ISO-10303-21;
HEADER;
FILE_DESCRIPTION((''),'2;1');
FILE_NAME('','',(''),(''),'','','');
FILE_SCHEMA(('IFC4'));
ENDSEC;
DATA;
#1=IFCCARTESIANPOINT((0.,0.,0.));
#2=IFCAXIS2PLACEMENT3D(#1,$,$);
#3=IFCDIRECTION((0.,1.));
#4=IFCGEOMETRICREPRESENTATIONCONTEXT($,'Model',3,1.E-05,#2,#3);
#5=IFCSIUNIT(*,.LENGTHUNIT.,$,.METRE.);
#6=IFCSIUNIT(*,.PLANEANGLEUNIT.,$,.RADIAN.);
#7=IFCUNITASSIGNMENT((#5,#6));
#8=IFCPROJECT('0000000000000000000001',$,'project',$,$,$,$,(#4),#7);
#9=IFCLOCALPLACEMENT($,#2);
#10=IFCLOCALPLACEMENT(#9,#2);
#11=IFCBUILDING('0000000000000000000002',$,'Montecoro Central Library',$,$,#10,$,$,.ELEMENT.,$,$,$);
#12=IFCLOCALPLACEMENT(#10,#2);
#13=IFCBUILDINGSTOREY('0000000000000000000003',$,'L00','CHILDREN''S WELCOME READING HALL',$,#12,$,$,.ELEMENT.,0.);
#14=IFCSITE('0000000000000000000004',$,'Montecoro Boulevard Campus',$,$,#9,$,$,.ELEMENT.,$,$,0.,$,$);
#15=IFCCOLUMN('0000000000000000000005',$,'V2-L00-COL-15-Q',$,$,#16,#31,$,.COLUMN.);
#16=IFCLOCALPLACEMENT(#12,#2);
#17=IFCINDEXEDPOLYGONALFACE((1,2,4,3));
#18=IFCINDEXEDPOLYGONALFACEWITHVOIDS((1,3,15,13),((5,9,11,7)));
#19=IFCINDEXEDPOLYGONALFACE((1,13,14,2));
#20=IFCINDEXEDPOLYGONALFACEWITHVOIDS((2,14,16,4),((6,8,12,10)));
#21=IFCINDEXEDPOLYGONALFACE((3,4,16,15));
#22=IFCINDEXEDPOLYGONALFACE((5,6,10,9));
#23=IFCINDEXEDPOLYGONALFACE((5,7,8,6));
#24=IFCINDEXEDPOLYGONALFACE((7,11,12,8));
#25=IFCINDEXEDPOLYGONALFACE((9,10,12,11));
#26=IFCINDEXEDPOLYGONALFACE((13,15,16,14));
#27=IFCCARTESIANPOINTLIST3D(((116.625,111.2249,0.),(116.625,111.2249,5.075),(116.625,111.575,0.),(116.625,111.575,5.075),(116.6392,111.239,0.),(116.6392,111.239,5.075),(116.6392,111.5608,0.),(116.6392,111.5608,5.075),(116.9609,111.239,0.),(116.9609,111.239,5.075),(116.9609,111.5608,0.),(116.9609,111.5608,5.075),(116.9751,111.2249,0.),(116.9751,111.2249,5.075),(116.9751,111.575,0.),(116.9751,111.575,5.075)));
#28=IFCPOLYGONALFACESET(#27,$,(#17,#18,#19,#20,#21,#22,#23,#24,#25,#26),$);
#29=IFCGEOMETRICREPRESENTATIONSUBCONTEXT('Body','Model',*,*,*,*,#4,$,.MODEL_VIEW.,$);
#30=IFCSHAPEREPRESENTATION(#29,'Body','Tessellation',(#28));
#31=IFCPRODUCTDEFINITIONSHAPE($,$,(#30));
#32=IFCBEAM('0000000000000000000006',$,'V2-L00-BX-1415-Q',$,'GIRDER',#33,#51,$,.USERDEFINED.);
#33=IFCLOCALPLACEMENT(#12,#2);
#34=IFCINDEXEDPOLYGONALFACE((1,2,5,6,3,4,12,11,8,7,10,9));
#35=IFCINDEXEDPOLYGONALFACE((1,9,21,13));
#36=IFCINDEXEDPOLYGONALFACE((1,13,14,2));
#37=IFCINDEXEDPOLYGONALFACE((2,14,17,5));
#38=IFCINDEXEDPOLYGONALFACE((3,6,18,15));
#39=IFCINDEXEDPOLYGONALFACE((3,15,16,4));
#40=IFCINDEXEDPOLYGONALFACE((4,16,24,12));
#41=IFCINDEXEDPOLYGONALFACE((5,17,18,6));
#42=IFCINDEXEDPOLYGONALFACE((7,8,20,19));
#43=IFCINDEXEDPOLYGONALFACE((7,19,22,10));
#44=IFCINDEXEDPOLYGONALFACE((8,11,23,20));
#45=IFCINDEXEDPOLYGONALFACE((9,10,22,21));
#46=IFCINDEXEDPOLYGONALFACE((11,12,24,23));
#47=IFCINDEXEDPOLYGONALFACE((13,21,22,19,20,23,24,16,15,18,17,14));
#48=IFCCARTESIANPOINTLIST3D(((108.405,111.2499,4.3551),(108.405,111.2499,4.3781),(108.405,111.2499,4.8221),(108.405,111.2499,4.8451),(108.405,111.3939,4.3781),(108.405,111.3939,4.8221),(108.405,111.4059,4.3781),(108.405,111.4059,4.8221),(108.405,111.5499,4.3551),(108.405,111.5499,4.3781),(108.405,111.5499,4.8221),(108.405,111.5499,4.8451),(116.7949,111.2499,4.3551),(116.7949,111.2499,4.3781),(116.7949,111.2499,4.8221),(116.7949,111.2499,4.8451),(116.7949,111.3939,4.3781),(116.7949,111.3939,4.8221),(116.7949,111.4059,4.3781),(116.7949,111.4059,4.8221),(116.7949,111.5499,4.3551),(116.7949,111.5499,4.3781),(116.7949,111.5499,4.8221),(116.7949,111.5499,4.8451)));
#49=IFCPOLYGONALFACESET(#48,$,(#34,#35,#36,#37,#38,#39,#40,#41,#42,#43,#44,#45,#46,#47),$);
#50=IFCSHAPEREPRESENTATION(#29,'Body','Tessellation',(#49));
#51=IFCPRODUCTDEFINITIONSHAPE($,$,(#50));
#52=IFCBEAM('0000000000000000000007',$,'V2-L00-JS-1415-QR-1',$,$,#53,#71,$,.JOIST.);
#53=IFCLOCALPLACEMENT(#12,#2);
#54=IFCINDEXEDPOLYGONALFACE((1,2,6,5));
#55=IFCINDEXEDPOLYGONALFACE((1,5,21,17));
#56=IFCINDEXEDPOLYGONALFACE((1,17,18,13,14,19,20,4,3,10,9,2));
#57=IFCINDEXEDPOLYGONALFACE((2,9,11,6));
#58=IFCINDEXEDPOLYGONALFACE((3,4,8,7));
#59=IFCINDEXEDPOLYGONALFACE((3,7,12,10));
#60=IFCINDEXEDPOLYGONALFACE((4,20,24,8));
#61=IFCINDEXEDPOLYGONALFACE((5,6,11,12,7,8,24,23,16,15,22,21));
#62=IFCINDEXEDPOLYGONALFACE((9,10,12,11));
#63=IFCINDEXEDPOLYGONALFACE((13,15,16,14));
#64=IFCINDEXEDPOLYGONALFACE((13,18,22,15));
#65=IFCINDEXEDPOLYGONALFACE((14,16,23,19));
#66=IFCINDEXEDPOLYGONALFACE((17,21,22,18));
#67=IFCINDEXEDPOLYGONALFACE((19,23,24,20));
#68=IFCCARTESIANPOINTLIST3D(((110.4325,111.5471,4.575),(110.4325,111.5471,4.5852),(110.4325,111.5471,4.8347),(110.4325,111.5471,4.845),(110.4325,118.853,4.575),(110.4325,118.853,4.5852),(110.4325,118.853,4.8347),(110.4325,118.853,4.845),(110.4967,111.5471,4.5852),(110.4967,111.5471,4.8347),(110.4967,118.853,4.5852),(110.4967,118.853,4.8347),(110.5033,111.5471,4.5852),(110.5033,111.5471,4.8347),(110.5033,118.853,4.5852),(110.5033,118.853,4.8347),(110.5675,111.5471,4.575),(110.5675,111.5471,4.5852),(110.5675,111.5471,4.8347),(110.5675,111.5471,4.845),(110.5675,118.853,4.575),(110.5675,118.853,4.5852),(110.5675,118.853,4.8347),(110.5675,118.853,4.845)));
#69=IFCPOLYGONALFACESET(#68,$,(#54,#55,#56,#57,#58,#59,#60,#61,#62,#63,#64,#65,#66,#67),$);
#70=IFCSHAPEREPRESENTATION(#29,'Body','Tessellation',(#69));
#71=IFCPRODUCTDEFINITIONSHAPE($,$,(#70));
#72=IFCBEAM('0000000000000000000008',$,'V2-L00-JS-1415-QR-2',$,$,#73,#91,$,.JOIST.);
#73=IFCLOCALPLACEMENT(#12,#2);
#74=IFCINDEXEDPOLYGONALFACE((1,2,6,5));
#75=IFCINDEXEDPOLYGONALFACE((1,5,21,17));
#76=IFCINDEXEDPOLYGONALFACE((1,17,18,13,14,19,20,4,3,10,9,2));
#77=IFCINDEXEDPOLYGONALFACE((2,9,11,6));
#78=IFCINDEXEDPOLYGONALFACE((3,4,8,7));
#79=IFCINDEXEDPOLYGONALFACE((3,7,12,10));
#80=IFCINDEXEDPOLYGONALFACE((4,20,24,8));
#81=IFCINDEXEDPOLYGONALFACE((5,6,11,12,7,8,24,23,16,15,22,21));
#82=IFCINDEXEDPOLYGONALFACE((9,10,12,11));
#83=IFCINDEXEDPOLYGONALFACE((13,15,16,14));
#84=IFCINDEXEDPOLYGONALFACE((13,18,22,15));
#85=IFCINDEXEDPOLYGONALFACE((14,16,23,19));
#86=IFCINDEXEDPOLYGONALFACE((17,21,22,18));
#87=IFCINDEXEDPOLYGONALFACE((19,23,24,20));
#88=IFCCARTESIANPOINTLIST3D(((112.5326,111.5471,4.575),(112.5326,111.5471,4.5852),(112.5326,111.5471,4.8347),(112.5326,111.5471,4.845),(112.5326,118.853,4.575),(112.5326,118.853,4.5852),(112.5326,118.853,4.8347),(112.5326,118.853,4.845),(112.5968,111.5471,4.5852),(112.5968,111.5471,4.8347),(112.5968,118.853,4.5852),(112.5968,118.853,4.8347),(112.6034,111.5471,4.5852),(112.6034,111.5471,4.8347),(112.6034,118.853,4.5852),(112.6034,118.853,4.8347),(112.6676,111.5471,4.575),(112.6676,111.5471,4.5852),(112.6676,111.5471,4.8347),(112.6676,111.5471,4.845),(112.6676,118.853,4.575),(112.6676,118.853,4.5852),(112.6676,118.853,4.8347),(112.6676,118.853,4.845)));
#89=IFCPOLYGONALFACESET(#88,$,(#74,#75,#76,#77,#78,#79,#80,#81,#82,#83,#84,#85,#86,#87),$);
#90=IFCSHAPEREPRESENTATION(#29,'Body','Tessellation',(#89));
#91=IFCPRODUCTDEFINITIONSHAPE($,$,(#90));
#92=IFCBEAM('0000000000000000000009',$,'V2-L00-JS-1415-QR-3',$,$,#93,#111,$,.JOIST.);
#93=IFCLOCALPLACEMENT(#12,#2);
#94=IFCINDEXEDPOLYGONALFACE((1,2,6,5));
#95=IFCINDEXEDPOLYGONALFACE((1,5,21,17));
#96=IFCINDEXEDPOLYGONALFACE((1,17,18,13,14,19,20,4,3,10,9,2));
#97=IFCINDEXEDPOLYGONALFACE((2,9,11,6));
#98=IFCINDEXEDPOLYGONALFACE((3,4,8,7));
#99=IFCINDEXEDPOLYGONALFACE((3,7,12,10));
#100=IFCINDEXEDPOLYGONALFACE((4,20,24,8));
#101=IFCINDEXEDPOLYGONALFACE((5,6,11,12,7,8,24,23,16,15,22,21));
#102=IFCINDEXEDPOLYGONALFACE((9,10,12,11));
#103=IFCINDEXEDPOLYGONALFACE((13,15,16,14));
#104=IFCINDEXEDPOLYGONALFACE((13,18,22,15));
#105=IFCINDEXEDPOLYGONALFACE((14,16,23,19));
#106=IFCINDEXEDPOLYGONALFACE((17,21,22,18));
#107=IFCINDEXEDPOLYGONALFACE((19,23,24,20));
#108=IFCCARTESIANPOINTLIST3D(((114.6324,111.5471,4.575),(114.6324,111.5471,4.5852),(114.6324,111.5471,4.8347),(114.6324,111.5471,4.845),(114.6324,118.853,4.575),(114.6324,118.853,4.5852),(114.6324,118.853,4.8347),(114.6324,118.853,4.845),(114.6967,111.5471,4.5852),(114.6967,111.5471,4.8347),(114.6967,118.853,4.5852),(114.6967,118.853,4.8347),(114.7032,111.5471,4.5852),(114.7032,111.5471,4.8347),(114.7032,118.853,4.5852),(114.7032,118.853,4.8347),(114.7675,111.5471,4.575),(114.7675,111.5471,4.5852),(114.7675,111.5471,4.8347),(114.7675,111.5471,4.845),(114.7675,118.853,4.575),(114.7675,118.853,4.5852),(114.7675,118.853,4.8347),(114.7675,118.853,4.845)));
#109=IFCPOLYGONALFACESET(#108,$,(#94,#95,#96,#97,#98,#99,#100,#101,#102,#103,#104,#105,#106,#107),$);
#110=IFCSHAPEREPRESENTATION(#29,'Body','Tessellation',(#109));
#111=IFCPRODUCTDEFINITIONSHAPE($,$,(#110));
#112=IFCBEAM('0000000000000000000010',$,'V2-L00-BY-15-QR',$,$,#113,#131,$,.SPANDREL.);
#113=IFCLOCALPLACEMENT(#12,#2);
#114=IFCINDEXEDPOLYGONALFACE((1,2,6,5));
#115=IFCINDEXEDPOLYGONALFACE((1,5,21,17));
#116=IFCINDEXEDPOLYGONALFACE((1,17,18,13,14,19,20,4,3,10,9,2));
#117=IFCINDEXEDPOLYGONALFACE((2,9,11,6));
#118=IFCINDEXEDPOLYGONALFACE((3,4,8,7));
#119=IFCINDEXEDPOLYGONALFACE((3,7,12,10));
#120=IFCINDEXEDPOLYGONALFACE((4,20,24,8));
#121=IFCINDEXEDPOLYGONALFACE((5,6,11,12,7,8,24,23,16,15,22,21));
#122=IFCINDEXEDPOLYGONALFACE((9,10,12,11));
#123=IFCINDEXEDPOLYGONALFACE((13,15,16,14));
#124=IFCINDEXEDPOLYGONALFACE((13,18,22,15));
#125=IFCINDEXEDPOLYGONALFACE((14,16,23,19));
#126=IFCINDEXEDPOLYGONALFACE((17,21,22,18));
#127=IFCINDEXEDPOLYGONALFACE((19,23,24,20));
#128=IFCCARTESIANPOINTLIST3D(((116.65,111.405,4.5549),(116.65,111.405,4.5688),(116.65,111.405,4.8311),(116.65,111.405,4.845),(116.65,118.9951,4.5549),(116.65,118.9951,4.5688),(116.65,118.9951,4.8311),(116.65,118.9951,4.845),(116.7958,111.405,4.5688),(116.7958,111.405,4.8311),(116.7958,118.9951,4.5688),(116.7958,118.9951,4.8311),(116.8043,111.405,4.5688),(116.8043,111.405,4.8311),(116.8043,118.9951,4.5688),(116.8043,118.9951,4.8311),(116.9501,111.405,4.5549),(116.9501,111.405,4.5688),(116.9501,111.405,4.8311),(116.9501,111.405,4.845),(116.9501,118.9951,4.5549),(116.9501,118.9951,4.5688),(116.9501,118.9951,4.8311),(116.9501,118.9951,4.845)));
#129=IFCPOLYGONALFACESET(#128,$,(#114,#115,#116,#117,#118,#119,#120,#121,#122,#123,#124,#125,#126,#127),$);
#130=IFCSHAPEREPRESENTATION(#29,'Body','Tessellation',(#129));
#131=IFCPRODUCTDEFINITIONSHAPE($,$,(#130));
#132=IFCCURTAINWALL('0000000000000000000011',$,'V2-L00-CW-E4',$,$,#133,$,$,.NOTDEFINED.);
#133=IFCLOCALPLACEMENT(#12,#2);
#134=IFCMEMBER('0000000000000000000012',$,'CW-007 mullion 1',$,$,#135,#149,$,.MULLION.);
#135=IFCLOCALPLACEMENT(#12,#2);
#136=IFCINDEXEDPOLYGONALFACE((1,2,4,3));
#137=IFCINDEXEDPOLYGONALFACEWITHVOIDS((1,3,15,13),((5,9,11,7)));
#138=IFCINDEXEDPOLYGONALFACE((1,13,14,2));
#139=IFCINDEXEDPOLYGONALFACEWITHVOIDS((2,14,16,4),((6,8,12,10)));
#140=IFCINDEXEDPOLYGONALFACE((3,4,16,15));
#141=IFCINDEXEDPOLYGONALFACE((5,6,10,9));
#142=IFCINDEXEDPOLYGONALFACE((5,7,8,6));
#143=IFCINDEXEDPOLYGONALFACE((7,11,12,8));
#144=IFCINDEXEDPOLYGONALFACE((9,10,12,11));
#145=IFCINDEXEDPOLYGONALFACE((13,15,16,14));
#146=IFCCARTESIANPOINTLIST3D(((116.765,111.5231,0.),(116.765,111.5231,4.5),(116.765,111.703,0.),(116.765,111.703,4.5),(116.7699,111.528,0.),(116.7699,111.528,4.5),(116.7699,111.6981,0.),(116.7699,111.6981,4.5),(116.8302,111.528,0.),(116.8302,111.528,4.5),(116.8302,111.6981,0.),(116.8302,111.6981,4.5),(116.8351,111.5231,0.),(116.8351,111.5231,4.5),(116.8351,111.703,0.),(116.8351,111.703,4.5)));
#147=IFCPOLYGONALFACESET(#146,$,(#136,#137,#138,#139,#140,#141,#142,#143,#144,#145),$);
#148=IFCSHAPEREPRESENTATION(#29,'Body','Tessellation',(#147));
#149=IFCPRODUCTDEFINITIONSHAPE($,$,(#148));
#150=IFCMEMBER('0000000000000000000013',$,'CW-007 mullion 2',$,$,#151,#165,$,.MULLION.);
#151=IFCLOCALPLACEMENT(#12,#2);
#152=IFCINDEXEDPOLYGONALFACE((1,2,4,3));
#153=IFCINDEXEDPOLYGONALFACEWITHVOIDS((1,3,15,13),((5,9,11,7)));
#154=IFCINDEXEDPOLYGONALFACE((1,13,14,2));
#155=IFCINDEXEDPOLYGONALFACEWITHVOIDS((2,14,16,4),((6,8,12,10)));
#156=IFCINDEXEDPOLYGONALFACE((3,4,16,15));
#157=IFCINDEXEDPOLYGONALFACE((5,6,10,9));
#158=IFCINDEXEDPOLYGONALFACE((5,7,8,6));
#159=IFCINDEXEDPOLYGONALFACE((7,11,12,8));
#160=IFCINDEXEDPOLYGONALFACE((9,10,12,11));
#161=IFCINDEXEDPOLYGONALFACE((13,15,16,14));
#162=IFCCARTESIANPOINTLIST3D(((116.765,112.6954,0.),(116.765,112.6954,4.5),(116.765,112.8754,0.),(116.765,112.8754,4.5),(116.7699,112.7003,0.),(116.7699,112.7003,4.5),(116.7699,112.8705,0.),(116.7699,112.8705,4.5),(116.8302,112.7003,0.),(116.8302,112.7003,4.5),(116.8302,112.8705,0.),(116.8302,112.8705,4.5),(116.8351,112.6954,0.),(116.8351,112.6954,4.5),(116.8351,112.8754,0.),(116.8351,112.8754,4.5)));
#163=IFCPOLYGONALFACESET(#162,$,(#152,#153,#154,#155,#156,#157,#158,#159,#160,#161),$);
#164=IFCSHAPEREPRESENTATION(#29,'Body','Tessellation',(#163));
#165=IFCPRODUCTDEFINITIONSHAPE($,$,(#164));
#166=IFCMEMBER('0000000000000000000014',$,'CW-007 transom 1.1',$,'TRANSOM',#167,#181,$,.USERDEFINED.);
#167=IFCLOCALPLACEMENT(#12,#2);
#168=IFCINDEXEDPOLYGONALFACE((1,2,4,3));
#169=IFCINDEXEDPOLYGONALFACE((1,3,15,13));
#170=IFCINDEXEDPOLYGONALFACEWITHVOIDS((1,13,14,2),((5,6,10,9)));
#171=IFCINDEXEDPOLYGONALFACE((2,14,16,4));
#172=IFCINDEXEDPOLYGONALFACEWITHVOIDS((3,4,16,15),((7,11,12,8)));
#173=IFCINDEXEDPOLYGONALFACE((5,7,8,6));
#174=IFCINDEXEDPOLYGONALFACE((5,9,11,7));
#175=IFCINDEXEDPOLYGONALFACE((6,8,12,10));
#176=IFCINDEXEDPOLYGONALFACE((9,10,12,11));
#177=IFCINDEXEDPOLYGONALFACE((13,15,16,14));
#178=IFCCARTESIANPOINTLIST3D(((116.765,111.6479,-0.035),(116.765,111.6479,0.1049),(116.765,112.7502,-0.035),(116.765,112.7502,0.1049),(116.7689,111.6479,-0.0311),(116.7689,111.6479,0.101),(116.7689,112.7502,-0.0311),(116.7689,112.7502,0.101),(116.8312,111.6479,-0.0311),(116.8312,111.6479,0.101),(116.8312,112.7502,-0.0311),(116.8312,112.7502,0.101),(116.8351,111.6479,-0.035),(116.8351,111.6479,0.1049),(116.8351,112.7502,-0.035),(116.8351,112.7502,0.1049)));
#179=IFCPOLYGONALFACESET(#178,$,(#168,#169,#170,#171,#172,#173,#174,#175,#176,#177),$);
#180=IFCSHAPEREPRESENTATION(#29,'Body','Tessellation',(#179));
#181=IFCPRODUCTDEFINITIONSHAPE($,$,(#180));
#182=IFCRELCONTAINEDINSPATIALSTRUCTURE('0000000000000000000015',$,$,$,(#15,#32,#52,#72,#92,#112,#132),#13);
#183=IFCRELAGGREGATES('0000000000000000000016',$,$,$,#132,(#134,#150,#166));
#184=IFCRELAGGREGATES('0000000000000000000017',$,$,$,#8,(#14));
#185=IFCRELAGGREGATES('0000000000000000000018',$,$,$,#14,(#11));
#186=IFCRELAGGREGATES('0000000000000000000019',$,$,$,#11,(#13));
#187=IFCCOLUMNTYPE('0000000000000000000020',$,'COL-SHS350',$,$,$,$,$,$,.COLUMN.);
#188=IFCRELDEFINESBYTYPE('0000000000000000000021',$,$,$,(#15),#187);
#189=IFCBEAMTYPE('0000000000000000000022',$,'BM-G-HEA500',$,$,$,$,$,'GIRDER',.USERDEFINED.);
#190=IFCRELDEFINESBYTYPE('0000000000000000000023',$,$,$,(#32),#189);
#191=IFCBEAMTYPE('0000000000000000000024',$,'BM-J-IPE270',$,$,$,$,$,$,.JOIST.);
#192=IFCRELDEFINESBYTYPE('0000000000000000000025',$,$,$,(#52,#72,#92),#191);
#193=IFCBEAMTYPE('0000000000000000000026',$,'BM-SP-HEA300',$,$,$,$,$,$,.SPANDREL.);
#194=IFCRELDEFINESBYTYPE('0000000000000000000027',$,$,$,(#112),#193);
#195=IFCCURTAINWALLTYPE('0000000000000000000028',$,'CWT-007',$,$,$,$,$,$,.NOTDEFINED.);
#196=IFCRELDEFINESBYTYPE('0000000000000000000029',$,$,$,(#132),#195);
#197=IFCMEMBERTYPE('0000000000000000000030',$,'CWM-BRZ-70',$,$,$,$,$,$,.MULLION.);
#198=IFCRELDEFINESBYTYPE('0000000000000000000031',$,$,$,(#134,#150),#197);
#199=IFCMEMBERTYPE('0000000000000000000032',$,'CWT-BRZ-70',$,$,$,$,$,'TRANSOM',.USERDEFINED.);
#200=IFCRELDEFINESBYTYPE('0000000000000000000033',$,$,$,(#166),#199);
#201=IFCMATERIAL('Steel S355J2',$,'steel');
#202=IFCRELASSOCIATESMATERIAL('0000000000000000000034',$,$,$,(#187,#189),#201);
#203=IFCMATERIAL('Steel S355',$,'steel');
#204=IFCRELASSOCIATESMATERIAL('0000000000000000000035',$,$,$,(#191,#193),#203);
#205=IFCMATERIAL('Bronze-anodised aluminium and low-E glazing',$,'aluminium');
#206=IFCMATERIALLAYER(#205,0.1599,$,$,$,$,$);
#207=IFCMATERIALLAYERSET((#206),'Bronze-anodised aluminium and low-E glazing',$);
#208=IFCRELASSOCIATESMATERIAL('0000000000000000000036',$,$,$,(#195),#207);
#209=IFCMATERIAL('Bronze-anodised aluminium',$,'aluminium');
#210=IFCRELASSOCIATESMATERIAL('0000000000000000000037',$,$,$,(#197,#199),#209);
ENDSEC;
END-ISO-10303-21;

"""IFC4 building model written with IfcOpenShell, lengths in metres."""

from ifc_helpers import new_model, si_unit, direction, frame, origin, origin_2d, place, context, subcontext, project, spatial, hollow_rectangle, i_section, extrude, material, layer, layer_set, material_profile, profile_set, type_object, element, aggregate, save


model = new_model("IFC4")

# Units and contexts
model_context = context("Model", 3, precision=1e-05, world=origin(), true_north=direction((0.0, 1.0)))
body_context = subcontext(model_context, "Body", "Model", "MODEL_VIEW")
ifc_project = project(units=[si_unit("LENGTHUNIT", "METRE"), si_unit("PLANEANGLEUNIT", "RADIAN")], contexts=[model_context])

# Site, building, storey
site_placement = place(None, origin())
site = spatial("IfcSite", under=ifc_project, at=site_placement, Name="Montecoro Boulevard Campus", CompositionType="ELEMENT", RefElevation=0.0)
building_placement = place(site_placement, origin())
building = spatial("IfcBuilding", under=site, at=building_placement, Name="Montecoro Central Library", CompositionType="ELEMENT")
storey_placement = place(building_placement, origin())
storey = spatial("IfcBuildingStorey", under=building, at=storey_placement, Name="L00", Description="CHILDREN'S WELCOME READING HALL", CompositionType="ELEMENT", Elevation=0.0)

# Column
ifc_material_1 = material(Name="Steel S355J2", Category="steel")
ifc_material_profile_1 = material_profile(ifc_material_1, hollow_rectangle(XDim=0.3501, YDim=0.3501, WallThickness=0.0142, at=origin_2d()), Name="SHS 350x350x14.2")
ifc_profile_set_1 = profile_set([ifc_material_profile_1], Name="Steel S355J2")
column_type = type_object("IfcColumnType", Name="COL-SHS350", PredefinedType="COLUMN", material=ifc_profile_set_1)
column_placement = place(storey_placement, frame((116.8, 111.3999, 0.0), z_axis=(0.0, 0.0, 1.0), x_axis=(1.0, 0.0, 0.0)))
element("IfcColumn", 1, at=column_placement, inside=storey, type_object=column_type, Name="V2-L00-COL-15-Q", PredefinedType="COLUMN", context=body_context, shape_type="SweptSolid", body=[
    extrude(hollow_rectangle(XDim=0.3501, YDim=0.3501, WallThickness=0.0142, at=origin_2d()), origin(), (0.0, 0.0, 1.0), 5.075),
])

# Beams
ifc_material_profile_2 = material_profile(ifc_material_1, i_section(OverallWidth=0.3, OverallDepth=0.49, WebThickness=0.012, FlangeThickness=0.0229, at=origin_2d()), Name="HEA 500")
ifc_profile_set_2 = profile_set([ifc_material_profile_2], Name="Steel S355J2")
beam_type_1 = type_object("IfcBeamType", Name="BM-G-HEA500", ElementType="GIRDER", PredefinedType="USERDEFINED", material=ifc_profile_set_2)
beam_1_placement = place(storey_placement, frame((108.405, 111.3999, 4.6001), z_axis=(1.0, 0.0, 0.0), x_axis=(0.0, 1.0, 0.0)))
element("IfcBeam", 2, at=beam_1_placement, inside=storey, type_object=beam_type_1, Name="V2-L00-BX-1415-Q", ObjectType="GIRDER", PredefinedType="USERDEFINED", context=body_context, shape_type="SweptSolid", body=[
    extrude(i_section(OverallWidth=0.3, OverallDepth=0.49, WebThickness=0.012, FlangeThickness=0.0229, at=origin_2d()), origin(), (0.0, 0.0, 1.0), 8.3899),
])
ifc_material_2 = material(Name="Steel S355", Category="steel")
ifc_material_profile_3 = material_profile(ifc_material_2, i_section(OverallWidth=0.135, OverallDepth=0.27, WebThickness=0.0066, FlangeThickness=0.0103, at=origin_2d()), Name="IPE 270")
ifc_profile_set_3 = profile_set([ifc_material_profile_3], Name="Steel S355")
beam_type_2 = type_object("IfcBeamType", Name="BM-J-IPE270", PredefinedType="JOIST", material=ifc_profile_set_3)
for number, where, z_axis, x_axis, name in (
    (3, (110.5, 111.5471, 4.71), (0.0, 1.0, 0.0), (-1.0, 0.0, 0.0), "V2-L00-JS-1415-QR-1"),
    (4, (112.6001, 111.5471, 4.71), (0.0, 1.0, 0.0), (-1.0, 0.0, 0.0), "V2-L00-JS-1415-QR-2"),
    (5, (114.7, 111.5471, 4.71), (0.0, 1.0, 0.0), (-1.0, 0.0, 0.0), "V2-L00-JS-1415-QR-3"),
):
    element("IfcBeam", number, at=place(storey_placement, frame(where, z_axis=z_axis, x_axis=x_axis)), inside=storey, type_object=beam_type_2, Name=name, PredefinedType="JOIST", context=body_context, shape_type="SweptSolid", body=[
        extrude(i_section(OverallWidth=0.135, OverallDepth=0.27, WebThickness=0.0066, FlangeThickness=0.0103, at=origin_2d()), origin(), (0.0, 0.0, 1.0), 7.3059),
    ])
ifc_material_profile_4 = material_profile(ifc_material_2, i_section(OverallWidth=0.3, OverallDepth=0.29, WebThickness=0.0085, FlangeThickness=0.0139, at=origin_2d()), Name="HEA 300")
ifc_profile_set_4 = profile_set([ifc_material_profile_4], Name="Steel S355")
beam_type_3 = type_object("IfcBeamType", Name="BM-SP-HEA300", PredefinedType="SPANDREL", material=ifc_profile_set_4)
beam_2_placement = place(storey_placement, frame((116.8, 111.405, 4.7), z_axis=(0.0, 1.0, 0.0), x_axis=(-1.0, 0.0, 0.0)))
element("IfcBeam", 6, at=beam_2_placement, inside=storey, type_object=beam_type_3, Name="V2-L00-BY-15-QR", PredefinedType="SPANDREL", context=body_context, shape_type="SweptSolid", body=[
    extrude(i_section(OverallWidth=0.3, OverallDepth=0.29, WebThickness=0.0085, FlangeThickness=0.0139, at=origin_2d()), origin(), (0.0, 0.0, 1.0), 7.5901),
])

# Curtain wall, members
ifc_material_3 = material(Name="Bronze-anodised aluminium and low-E glazing", Category="aluminium")
ifc_layer_1 = layer(ifc_material_3, 0.1599)
ifc_layer_set_1 = layer_set([ifc_layer_1], Name="Bronze-anodised aluminium and low-E glazing")
curtain_wall_type = type_object("IfcCurtainWallType", Name="CWT-007", PredefinedType="NOTDEFINED", material=ifc_layer_set_1)
curtain_wall_placement = place(storey_placement, origin())
curtain_wall = element("IfcCurtainWall", 7, at=curtain_wall_placement, inside=storey, type_object=curtain_wall_type, Name="V2-L00-CW-E4", PredefinedType="NOTDEFINED")
ifc_material_4 = material(Name="Bronze-anodised aluminium", Category="aluminium")
ifc_material_profile_5 = material_profile(ifc_material_4, hollow_rectangle(XDim=0.0701, YDim=0.1799, WallThickness=0.0049, at=origin_2d()), Name="CWM 180x70x5.0")
ifc_profile_set_5 = profile_set([ifc_material_profile_5], Name="Bronze-anodised aluminium")
member_type_1 = type_object("IfcMemberType", Name="CWM-BRZ-70", PredefinedType="MULLION", material=ifc_profile_set_5)
member_1_placement = place(storey_placement, frame((116.8, 111.613, 0.0), z_axis=(0.0, 0.0, 1.0), x_axis=(-1.0, 0.0, 0.0)))
member_1 = element("IfcMember", 8, at=member_1_placement, type_object=member_type_1, Name="CW-007 mullion 1", PredefinedType="MULLION", context=body_context, shape_type="SweptSolid", body=[
    extrude(hollow_rectangle(XDim=0.0701, YDim=0.1799, WallThickness=0.0049, at=origin_2d()), origin(), (0.0, 0.0, 1.0), 4.5),
])
member_2_placement = place(storey_placement, frame((116.8, 112.7854, 0.0), z_axis=(0.0, 0.0, 1.0), x_axis=(-1.0, 0.0, 0.0)))
member_2 = element("IfcMember", 9, at=member_2_placement, type_object=member_type_1, Name="CW-007 mullion 2", PredefinedType="MULLION", context=body_context, shape_type="SweptSolid", body=[
    extrude(hollow_rectangle(XDim=0.0701, YDim=0.1799, WallThickness=0.0049, at=origin_2d()), origin(), (0.0, 0.0, 1.0), 4.5),
])
ifc_material_profile_6 = material_profile(ifc_material_4, hollow_rectangle(XDim=0.0701, YDim=0.1399, WallThickness=0.0039, at=origin_2d()), Name="CWT 140x70x4.0")
ifc_profile_set_6 = profile_set([ifc_material_profile_6], Name="Bronze-anodised aluminium")
member_type_2 = type_object("IfcMemberType", Name="CWT-BRZ-70", ElementType="TRANSOM", PredefinedType="USERDEFINED", material=ifc_profile_set_6)
member_3_placement = place(storey_placement, frame((116.8, 111.6479, 0.0349), z_axis=(0.0, 1.0, 0.0), x_axis=(-1.0, 0.0, 0.0)))
member_3 = element("IfcMember", 10, at=member_3_placement, type_object=member_type_2, Name="CW-007 transom 1.1", ObjectType="TRANSOM", PredefinedType="USERDEFINED", context=body_context, shape_type="SweptSolid", body=[
    extrude(hollow_rectangle(XDim=0.0701, YDim=0.1399, WallThickness=0.0039, at=origin_2d()), origin(), (0.0, 0.0, 1.0), 1.1023),
])
aggregate(curtain_wall, [member_1, member_2, member_3])

save(model, "model.ifc")
